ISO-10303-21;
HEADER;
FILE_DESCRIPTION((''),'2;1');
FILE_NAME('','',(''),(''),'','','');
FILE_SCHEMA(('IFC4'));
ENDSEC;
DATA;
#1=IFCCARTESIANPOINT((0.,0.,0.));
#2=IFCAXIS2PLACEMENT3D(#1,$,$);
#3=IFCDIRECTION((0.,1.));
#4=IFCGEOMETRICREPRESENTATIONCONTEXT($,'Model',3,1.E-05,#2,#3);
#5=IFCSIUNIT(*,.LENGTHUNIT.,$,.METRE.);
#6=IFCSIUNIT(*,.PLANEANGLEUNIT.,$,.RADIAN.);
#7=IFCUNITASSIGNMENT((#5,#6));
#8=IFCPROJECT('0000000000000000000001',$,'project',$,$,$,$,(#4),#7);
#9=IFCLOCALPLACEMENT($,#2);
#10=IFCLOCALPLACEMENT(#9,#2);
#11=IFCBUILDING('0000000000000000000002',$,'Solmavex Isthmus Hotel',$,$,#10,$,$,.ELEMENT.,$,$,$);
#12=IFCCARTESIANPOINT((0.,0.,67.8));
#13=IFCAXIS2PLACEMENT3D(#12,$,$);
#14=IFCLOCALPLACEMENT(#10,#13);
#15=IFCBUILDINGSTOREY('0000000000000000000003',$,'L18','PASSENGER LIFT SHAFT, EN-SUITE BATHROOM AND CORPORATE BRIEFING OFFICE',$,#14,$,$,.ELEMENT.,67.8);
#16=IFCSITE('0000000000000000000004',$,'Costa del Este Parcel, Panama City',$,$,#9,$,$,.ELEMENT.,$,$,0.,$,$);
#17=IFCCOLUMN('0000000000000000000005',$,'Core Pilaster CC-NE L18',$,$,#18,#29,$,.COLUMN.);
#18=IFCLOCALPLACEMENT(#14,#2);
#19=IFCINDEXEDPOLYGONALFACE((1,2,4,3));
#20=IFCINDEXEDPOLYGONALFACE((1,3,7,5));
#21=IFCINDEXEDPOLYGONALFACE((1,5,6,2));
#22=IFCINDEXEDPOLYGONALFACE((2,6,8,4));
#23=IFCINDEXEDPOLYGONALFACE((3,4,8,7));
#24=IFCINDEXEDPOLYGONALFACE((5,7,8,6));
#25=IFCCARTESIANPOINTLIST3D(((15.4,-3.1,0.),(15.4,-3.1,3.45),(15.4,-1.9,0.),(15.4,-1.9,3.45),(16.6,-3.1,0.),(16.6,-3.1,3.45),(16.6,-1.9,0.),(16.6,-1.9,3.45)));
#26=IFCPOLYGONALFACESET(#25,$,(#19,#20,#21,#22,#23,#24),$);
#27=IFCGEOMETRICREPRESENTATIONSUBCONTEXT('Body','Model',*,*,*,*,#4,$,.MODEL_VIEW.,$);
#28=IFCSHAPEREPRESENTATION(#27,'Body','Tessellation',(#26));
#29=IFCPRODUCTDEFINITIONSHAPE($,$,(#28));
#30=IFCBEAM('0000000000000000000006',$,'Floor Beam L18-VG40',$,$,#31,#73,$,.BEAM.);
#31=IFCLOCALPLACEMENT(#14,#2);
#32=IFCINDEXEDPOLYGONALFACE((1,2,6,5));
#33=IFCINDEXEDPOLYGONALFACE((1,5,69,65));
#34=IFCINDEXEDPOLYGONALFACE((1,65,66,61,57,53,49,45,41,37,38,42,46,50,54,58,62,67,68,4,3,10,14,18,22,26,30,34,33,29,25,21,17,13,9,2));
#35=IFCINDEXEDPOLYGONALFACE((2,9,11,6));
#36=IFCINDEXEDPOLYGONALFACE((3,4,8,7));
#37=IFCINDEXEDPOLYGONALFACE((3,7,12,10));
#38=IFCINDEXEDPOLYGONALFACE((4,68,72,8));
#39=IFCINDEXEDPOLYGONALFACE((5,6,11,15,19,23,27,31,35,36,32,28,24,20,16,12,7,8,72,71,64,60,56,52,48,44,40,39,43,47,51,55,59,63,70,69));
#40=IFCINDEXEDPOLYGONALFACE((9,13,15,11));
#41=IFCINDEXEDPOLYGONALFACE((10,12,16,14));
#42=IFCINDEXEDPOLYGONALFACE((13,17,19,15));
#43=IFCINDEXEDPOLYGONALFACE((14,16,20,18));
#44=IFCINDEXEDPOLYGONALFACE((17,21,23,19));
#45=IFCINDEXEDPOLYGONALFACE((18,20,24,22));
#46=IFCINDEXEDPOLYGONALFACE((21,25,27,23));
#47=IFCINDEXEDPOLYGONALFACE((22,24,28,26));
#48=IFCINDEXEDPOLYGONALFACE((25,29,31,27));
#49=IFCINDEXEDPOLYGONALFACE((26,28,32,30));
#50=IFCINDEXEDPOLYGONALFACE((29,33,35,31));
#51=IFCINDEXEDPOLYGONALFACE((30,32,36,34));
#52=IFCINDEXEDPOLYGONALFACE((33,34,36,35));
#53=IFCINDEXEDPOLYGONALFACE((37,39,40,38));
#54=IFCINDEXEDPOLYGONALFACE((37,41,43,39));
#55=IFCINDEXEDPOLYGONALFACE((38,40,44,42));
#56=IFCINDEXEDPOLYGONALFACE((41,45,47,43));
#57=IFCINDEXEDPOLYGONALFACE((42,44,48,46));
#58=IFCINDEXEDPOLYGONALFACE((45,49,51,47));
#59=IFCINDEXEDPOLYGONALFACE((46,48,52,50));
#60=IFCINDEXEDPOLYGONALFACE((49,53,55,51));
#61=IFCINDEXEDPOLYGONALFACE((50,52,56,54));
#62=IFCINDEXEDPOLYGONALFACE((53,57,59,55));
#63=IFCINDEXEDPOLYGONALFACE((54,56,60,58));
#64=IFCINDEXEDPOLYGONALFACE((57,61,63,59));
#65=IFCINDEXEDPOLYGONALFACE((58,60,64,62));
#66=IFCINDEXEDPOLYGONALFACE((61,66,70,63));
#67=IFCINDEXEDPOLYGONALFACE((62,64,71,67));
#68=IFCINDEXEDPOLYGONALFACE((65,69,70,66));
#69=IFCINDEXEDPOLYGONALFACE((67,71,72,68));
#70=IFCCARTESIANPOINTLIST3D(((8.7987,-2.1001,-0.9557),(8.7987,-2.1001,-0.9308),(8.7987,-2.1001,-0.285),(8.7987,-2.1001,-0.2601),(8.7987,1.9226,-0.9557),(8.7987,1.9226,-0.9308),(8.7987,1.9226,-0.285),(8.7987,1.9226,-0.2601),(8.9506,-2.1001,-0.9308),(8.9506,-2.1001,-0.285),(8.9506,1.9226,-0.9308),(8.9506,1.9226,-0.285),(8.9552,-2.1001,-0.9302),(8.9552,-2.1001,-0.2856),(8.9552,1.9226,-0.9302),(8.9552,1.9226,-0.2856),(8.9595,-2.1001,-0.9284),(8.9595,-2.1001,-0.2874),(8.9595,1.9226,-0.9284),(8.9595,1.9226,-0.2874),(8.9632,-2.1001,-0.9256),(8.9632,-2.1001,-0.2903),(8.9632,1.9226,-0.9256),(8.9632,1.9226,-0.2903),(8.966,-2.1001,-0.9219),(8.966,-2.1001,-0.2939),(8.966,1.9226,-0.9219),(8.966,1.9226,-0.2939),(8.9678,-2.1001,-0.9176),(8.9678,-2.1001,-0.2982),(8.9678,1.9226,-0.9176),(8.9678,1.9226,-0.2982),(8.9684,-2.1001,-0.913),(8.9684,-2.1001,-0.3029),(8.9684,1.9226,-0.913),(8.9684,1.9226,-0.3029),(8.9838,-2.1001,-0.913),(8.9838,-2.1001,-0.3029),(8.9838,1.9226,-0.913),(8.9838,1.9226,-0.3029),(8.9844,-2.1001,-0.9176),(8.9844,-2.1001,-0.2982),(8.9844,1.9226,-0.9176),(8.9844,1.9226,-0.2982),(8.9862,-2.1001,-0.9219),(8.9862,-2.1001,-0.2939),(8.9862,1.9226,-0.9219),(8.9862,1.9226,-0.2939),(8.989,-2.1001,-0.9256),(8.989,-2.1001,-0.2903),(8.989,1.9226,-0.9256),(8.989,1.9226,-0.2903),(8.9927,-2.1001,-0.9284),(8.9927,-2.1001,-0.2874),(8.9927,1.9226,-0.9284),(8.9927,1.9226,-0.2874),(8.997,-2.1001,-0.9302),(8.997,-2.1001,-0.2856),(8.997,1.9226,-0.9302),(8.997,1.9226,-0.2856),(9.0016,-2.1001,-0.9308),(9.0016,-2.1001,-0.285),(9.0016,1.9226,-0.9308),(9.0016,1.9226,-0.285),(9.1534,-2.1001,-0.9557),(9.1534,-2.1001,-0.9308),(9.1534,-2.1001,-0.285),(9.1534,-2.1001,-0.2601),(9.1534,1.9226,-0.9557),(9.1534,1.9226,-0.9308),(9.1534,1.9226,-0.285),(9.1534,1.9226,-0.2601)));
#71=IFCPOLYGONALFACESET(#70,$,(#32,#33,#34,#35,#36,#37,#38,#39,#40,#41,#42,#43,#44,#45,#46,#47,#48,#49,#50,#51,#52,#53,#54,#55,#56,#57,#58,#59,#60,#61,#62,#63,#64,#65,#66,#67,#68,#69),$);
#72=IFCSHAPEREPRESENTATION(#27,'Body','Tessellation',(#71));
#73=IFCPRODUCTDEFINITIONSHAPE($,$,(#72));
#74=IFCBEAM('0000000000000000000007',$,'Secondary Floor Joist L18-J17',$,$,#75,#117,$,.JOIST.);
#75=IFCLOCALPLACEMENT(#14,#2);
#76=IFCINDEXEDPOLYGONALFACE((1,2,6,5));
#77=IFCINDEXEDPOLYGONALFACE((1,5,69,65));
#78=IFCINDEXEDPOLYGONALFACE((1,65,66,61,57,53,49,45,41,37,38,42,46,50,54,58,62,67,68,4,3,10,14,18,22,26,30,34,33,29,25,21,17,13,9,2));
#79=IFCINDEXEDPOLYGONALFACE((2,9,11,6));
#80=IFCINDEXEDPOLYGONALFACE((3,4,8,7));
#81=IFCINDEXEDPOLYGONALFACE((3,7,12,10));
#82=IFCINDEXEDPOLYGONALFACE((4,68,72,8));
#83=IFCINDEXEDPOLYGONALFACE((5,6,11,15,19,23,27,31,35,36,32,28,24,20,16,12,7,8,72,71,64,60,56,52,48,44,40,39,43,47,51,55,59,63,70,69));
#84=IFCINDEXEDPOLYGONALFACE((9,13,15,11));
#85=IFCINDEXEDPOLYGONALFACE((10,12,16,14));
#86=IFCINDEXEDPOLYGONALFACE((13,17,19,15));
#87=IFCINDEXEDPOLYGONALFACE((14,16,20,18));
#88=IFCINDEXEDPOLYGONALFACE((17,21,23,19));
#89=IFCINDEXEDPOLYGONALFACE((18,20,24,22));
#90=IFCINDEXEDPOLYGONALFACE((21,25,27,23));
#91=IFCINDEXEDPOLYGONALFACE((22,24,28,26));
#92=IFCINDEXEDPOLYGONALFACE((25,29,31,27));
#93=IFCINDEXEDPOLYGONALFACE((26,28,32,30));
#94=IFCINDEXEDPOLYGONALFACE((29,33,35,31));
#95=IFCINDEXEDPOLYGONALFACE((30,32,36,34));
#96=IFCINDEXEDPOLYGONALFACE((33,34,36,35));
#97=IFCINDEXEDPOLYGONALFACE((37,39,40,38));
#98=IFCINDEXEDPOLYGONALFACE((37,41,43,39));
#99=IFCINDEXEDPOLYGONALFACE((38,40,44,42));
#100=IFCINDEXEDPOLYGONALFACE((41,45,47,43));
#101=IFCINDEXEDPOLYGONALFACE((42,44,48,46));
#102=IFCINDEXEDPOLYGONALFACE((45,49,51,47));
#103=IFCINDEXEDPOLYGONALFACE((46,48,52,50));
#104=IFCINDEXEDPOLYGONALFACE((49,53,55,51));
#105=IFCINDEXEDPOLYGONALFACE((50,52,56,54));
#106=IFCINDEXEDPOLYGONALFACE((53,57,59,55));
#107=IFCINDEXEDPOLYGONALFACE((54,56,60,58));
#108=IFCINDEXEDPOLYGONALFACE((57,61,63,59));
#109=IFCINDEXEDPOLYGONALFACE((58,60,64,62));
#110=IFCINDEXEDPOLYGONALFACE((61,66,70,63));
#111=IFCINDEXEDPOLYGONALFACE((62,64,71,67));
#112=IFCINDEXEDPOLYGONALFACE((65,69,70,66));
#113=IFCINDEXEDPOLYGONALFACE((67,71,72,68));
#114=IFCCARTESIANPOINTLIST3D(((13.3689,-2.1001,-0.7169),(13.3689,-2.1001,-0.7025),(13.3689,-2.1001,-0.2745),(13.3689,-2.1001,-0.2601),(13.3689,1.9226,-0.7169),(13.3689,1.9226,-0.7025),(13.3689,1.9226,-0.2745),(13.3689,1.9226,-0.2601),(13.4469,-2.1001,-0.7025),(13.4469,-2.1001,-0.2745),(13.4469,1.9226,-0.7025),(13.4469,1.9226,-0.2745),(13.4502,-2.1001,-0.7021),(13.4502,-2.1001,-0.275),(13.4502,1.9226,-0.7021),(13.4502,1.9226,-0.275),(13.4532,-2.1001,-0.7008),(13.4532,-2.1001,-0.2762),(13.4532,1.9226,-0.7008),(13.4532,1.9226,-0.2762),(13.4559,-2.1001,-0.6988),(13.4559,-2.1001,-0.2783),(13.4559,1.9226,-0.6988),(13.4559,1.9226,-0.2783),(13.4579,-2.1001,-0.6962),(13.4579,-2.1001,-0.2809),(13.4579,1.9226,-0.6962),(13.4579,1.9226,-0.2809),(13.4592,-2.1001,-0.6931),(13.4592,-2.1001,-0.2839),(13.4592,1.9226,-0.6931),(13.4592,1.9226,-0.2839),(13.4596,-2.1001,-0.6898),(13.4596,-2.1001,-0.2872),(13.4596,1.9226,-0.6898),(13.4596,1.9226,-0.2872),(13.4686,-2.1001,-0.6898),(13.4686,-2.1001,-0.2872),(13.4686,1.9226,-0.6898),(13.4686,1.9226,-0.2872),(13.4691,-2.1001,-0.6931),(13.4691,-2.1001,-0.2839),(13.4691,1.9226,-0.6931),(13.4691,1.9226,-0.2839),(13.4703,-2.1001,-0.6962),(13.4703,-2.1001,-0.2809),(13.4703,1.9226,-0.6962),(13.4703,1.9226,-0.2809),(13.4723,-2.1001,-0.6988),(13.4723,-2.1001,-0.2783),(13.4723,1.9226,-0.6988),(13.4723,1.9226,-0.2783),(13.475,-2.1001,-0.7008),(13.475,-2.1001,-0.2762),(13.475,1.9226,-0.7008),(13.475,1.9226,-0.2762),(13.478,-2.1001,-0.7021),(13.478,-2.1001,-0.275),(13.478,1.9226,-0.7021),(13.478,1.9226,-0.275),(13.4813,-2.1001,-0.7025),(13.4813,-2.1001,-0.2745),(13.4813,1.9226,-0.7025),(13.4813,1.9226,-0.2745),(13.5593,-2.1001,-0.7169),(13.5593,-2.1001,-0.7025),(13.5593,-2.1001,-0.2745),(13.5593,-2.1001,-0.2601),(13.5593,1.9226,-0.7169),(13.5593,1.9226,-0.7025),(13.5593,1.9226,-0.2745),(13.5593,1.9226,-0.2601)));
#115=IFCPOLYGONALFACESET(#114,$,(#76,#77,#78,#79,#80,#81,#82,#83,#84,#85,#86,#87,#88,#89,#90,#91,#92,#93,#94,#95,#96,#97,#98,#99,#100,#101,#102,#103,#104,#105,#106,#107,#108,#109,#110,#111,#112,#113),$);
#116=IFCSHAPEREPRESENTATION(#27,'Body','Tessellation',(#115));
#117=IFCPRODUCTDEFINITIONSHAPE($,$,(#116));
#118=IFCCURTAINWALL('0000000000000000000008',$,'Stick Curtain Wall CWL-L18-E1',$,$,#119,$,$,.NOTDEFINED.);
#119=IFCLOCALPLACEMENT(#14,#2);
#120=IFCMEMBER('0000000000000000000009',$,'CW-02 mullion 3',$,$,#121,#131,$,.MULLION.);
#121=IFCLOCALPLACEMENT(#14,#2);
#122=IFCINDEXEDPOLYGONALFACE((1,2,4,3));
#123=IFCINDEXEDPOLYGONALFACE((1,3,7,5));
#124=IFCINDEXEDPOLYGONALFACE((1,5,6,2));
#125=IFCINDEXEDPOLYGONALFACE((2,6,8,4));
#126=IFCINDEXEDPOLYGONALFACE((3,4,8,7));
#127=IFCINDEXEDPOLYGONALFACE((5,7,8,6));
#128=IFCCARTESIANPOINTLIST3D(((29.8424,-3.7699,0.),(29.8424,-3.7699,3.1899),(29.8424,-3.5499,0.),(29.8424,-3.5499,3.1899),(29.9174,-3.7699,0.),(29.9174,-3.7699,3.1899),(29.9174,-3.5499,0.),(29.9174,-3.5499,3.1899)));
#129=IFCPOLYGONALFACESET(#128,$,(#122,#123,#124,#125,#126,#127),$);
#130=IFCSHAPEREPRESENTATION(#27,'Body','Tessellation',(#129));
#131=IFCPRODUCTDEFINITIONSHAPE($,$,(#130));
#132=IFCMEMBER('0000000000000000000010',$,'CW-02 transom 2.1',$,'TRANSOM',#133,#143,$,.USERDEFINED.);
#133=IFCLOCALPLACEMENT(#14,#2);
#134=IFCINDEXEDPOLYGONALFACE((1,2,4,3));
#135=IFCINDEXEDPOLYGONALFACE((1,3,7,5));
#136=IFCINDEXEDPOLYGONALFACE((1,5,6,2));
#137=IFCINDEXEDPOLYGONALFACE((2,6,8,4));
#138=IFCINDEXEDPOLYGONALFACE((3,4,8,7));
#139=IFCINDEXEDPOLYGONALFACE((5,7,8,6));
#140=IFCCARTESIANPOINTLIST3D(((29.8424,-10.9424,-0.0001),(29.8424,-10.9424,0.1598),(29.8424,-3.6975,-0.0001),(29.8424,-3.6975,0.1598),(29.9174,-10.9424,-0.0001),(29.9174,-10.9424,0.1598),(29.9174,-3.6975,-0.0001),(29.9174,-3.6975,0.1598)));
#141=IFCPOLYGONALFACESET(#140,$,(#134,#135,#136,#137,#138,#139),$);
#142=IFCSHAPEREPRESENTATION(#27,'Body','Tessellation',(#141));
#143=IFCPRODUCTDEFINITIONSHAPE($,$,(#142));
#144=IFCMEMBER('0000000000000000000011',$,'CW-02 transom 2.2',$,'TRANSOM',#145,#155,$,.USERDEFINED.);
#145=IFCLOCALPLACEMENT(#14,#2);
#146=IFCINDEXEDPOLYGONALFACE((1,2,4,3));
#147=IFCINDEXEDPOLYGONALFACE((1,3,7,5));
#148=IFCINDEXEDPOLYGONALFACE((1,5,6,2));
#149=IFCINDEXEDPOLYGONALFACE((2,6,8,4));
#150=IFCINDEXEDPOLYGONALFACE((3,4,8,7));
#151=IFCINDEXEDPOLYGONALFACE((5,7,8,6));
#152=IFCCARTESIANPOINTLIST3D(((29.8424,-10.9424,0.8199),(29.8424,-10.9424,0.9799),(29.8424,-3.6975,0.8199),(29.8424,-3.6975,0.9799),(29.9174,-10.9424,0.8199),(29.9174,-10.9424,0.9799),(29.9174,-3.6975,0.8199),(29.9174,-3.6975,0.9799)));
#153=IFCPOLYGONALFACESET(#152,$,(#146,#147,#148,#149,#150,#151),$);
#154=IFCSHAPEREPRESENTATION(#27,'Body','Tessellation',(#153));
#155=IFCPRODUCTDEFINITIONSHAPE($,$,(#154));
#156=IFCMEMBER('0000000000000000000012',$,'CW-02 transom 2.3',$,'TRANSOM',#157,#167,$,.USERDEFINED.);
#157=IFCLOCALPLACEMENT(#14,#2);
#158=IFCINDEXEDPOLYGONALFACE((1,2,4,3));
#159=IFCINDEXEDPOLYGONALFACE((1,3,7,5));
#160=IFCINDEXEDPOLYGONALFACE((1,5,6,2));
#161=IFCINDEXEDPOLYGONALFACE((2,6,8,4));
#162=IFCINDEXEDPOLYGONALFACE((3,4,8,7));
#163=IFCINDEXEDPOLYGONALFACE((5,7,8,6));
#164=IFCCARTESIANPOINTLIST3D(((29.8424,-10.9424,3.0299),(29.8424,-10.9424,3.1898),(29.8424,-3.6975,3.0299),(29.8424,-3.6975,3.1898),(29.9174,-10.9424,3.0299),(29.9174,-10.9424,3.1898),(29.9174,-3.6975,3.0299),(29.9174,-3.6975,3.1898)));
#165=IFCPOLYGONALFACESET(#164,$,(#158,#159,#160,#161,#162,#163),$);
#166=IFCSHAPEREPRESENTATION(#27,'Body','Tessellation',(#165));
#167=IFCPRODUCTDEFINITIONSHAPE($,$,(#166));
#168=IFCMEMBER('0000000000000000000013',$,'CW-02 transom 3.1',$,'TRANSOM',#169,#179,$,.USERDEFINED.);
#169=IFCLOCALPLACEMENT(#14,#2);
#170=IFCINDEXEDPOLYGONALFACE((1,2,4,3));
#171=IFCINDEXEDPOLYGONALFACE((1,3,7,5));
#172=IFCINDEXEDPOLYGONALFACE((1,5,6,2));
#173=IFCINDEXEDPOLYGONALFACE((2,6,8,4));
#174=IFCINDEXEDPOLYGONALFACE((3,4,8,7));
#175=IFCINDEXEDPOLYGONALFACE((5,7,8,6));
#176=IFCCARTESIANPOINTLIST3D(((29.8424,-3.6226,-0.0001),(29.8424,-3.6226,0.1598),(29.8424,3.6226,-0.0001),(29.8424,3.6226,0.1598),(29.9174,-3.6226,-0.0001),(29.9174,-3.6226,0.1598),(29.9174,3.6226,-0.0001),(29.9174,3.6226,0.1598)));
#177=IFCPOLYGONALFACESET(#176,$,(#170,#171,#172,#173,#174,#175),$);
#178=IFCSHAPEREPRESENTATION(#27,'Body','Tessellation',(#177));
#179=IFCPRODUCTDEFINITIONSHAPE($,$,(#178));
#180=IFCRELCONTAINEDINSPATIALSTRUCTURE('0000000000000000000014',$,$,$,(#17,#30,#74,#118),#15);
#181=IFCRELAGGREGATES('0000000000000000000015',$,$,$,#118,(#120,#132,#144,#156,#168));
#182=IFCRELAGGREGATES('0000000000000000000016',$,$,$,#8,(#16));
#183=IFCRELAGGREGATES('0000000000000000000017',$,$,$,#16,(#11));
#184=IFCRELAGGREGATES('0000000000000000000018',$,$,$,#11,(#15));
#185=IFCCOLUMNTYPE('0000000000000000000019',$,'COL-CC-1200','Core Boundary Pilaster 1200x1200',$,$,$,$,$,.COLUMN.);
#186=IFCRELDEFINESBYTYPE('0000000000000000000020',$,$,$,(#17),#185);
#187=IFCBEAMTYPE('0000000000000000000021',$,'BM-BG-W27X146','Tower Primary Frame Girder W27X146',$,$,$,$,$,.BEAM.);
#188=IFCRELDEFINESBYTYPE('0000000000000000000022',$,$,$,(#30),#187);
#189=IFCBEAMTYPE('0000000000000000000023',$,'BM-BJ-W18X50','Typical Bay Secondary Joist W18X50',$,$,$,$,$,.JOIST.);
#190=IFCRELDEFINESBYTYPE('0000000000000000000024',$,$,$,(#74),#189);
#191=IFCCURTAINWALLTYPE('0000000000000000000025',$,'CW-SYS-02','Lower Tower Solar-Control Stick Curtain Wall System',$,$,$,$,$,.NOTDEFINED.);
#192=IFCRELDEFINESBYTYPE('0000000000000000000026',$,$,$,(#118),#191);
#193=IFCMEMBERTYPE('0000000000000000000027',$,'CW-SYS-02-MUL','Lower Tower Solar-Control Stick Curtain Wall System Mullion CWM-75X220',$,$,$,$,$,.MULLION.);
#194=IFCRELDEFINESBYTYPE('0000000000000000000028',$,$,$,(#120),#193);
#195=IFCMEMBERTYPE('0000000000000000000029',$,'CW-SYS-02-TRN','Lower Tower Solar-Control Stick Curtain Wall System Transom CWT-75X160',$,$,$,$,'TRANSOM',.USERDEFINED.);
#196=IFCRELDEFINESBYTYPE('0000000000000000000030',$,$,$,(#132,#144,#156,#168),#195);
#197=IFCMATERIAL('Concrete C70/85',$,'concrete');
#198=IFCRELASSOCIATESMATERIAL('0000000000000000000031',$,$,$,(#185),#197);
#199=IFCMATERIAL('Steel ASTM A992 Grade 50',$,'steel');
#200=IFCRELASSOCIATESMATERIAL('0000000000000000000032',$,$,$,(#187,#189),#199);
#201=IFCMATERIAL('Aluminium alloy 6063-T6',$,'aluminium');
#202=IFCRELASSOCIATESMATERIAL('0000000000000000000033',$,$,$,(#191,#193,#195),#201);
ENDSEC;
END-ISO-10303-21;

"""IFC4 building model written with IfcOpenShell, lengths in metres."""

from ifc_helpers import new_model, si_unit, direction, frame, origin, origin_2d, place, context, subcontext, project, spatial, rectangle, i_section, extrude, material, material_profile, profile_set, type_object, element, aggregate, save


model = new_model("IFC4")

# Units and contexts
model_context = context("Model", 3, precision=1e-05, world=origin(), true_north=direction((0.0, 1.0)))
body_context = subcontext(model_context, "Body", "Model", "MODEL_VIEW")
ifc_project = project(units=[si_unit("LENGTHUNIT", "METRE"), si_unit("PLANEANGLEUNIT", "RADIAN")], contexts=[model_context])

# Site, building, storey
site_placement = place(None, origin())
site = spatial("IfcSite", under=ifc_project, at=site_placement, Name="Costa del Este Parcel, Panama City", CompositionType="ELEMENT", RefElevation=0.0)
building_placement = place(site_placement, origin())
building = spatial("IfcBuilding", under=site, at=building_placement, Name="Solmavex Isthmus Hotel", CompositionType="ELEMENT")
storey_placement = place(building_placement, frame((0.0, 0.0, 67.8)))
storey = spatial("IfcBuildingStorey", under=building, at=storey_placement, Name="L18", Description="PASSENGER LIFT SHAFT, EN-SUITE BATHROOM AND CORPORATE BRIEFING OFFICE", CompositionType="ELEMENT", Elevation=67.8)

# Column
ifc_material_1 = material(Name="Concrete C70/85", Category="concrete")
ifc_material_profile_1 = material_profile(ifc_material_1, rectangle(XDim=1.2, YDim=1.2, at=origin_2d()), Name="RC1200X1200")
ifc_profile_set_1 = profile_set([ifc_material_profile_1], Name="Concrete C70/85")
column_type = type_object("IfcColumnType", Name="COL-CC-1200", Description="Core Boundary Pilaster 1200x1200", PredefinedType="COLUMN", material=ifc_profile_set_1)
column_placement = place(storey_placement, frame((16.0, -2.5, 0.0), z_axis=(0.0, 0.0, 1.0), x_axis=(1.0, 0.0, 0.0)))
element("IfcColumn", 1, at=column_placement, inside=storey, type_object=column_type, Name="Core Pilaster CC-NE L18", PredefinedType="COLUMN", context=body_context, shape_type="SweptSolid", body=[
    extrude(rectangle(XDim=1.2, YDim=1.2, at=origin_2d()), origin(), (0.0, 0.0, 1.0), 3.45),
])

# Beams
ifc_material_2 = material(Name="Steel ASTM A992 Grade 50", Category="steel")
ifc_material_profile_2 = material_profile(ifc_material_2, i_section(OverallWidth=0.3547, OverallDepth=0.6956, WebThickness=0.0154, FlangeThickness=0.0249, FilletRadius=0.0178, at=origin_2d()), Name="W27X146")
ifc_profile_set_2 = profile_set([ifc_material_profile_2], Name="Steel ASTM A992 Grade 50")
beam_type_1 = type_object("IfcBeamType", Name="BM-BG-W27X146", Description="Tower Primary Frame Girder W27X146", PredefinedType="BEAM", material=ifc_profile_set_2)
beam_1_placement = place(storey_placement, frame((8.9761, -2.1001, -0.6079), z_axis=(0.0, 1.0, 0.0), x_axis=(-1.0, 0.0, 0.0)))
element("IfcBeam", 2, at=beam_1_placement, inside=storey, type_object=beam_type_1, Name="Floor Beam L18-VG40", PredefinedType="BEAM", context=body_context, shape_type="SweptSolid", body=[
    extrude(i_section(OverallWidth=0.3547, OverallDepth=0.6956, WebThickness=0.0154, FlangeThickness=0.0249, FilletRadius=0.0178, at=origin_2d()), origin(), (0.0, 0.0, 1.0), 4.0227),
])
ifc_material_profile_3 = material_profile(ifc_material_2, i_section(OverallWidth=0.1904, OverallDepth=0.4568, WebThickness=0.009, FlangeThickness=0.0144, FilletRadius=0.0127, at=origin_2d()), Name="W18X50")
ifc_profile_set_3 = profile_set([ifc_material_profile_3], Name="Steel ASTM A992 Grade 50")
beam_type_2 = type_object("IfcBeamType", Name="BM-BJ-W18X50", Description="Typical Bay Secondary Joist W18X50", PredefinedType="JOIST", material=ifc_profile_set_3)
beam_2_placement = place(storey_placement, frame((13.4641, -2.1001, -0.4885), z_axis=(0.0, 1.0, 0.0), x_axis=(-1.0, 0.0, 0.0)))
element("IfcBeam", 3, at=beam_2_placement, inside=storey, type_object=beam_type_2, Name="Secondary Floor Joist L18-J17", PredefinedType="JOIST", context=body_context, shape_type="SweptSolid", body=[
    extrude(i_section(OverallWidth=0.1904, OverallDepth=0.4568, WebThickness=0.009, FlangeThickness=0.0144, FilletRadius=0.0127, at=origin_2d()), origin(), (0.0, 0.0, 1.0), 4.0227),
])

# Curtain wall, members
ifc_material_3 = material(Name="Aluminium alloy 6063-T6", Category="aluminium")
curtain_wall_type = type_object("IfcCurtainWallType", Name="CW-SYS-02", Description="Lower Tower Solar-Control Stick Curtain Wall System", PredefinedType="NOTDEFINED", material=ifc_material_3)
curtain_wall_placement = place(storey_placement, origin())
curtain_wall = element("IfcCurtainWall", 4, at=curtain_wall_placement, inside=storey, type_object=curtain_wall_type, Name="Stick Curtain Wall CWL-L18-E1", PredefinedType="NOTDEFINED")
ifc_material_profile_4 = material_profile(ifc_material_3, rectangle(XDim=0.075, YDim=0.22, at=origin_2d()), Name="CWM-75X220")
ifc_profile_set_4 = profile_set([ifc_material_profile_4], Name="Aluminium alloy 6063-T6")
member_type_1 = type_object("IfcMemberType", Name="CW-SYS-02-MUL", Description="Lower Tower Solar-Control Stick Curtain Wall System Mullion CWM-75X220", PredefinedType="MULLION", material=ifc_profile_set_4)
member_1_placement = place(storey_placement, frame((29.8799, -3.6599, 0.0), z_axis=(0.0, 0.0, 1.0), x_axis=(-1.0, 0.0, 0.0)))
member_1 = element("IfcMember", 5, at=member_1_placement, type_object=member_type_1, Name="CW-02 mullion 3", PredefinedType="MULLION", context=body_context, shape_type="SweptSolid", body=[
    extrude(rectangle(XDim=0.075, YDim=0.22, at=origin_2d()), origin(), (0.0, 0.0, 1.0), 3.1899),
])
ifc_material_profile_5 = material_profile(ifc_material_3, rectangle(XDim=0.075, YDim=0.1599, at=origin_2d()), Name="CWT-75X160")
ifc_profile_set_5 = profile_set([ifc_material_profile_5], Name="Aluminium alloy 6063-T6")
member_type_2 = type_object("IfcMemberType", Name="CW-SYS-02-TRN", Description="Lower Tower Solar-Control Stick Curtain Wall System Transom CWT-75X160", ElementType="TRANSOM", PredefinedType="USERDEFINED", material=ifc_profile_set_5)
member_2_placement = place(storey_placement, frame((29.8799, -10.9424, 0.0798), z_axis=(0.0, 1.0, 0.0), x_axis=(-1.0, 0.0, 0.0)))
member_2 = element("IfcMember", 6, at=member_2_placement, type_object=member_type_2, Name="CW-02 transom 2.1", ObjectType="TRANSOM", PredefinedType="USERDEFINED", context=body_context, shape_type="SweptSolid", body=[
    extrude(rectangle(XDim=0.075, YDim=0.1599, at=origin_2d()), origin(), (0.0, 0.0, 1.0), 7.2449),
])
member_3_placement = place(storey_placement, frame((29.8799, -10.9424, 0.8999), z_axis=(0.0, 1.0, 0.0), x_axis=(-1.0, 0.0, 0.0)))
member_3 = element("IfcMember", 7, at=member_3_placement, type_object=member_type_2, Name="CW-02 transom 2.2", ObjectType="TRANSOM", PredefinedType="USERDEFINED", context=body_context, shape_type="SweptSolid", body=[
    extrude(rectangle(XDim=0.075, YDim=0.1599, at=origin_2d()), origin(), (0.0, 0.0, 1.0), 7.2449),
])
member_4_placement = place(storey_placement, frame((29.8799, -10.9424, 3.1099), z_axis=(0.0, 1.0, 0.0), x_axis=(-1.0, 0.0, 0.0)))
member_4 = element("IfcMember", 8, at=member_4_placement, type_object=member_type_2, Name="CW-02 transom 2.3", ObjectType="TRANSOM", PredefinedType="USERDEFINED", context=body_context, shape_type="SweptSolid", body=[
    extrude(rectangle(XDim=0.075, YDim=0.1599, at=origin_2d()), origin(), (0.0, 0.0, 1.0), 7.2449),
])
member_5_placement = place(storey_placement, frame((29.8799, -3.6226, 0.0798), z_axis=(0.0, 1.0, 0.0), x_axis=(-1.0, 0.0, 0.0)))
member_5 = element("IfcMember", 9, at=member_5_placement, type_object=member_type_2, Name="CW-02 transom 3.1", ObjectType="TRANSOM", PredefinedType="USERDEFINED", context=body_context, shape_type="SweptSolid", body=[
    extrude(rectangle(XDim=0.075, YDim=0.1599, at=origin_2d()), origin(), (0.0, 0.0, 1.0), 7.2451),
])
aggregate(curtain_wall, [member_1, member_2, member_3, member_4, member_5])

save(model, "model.ifc")
